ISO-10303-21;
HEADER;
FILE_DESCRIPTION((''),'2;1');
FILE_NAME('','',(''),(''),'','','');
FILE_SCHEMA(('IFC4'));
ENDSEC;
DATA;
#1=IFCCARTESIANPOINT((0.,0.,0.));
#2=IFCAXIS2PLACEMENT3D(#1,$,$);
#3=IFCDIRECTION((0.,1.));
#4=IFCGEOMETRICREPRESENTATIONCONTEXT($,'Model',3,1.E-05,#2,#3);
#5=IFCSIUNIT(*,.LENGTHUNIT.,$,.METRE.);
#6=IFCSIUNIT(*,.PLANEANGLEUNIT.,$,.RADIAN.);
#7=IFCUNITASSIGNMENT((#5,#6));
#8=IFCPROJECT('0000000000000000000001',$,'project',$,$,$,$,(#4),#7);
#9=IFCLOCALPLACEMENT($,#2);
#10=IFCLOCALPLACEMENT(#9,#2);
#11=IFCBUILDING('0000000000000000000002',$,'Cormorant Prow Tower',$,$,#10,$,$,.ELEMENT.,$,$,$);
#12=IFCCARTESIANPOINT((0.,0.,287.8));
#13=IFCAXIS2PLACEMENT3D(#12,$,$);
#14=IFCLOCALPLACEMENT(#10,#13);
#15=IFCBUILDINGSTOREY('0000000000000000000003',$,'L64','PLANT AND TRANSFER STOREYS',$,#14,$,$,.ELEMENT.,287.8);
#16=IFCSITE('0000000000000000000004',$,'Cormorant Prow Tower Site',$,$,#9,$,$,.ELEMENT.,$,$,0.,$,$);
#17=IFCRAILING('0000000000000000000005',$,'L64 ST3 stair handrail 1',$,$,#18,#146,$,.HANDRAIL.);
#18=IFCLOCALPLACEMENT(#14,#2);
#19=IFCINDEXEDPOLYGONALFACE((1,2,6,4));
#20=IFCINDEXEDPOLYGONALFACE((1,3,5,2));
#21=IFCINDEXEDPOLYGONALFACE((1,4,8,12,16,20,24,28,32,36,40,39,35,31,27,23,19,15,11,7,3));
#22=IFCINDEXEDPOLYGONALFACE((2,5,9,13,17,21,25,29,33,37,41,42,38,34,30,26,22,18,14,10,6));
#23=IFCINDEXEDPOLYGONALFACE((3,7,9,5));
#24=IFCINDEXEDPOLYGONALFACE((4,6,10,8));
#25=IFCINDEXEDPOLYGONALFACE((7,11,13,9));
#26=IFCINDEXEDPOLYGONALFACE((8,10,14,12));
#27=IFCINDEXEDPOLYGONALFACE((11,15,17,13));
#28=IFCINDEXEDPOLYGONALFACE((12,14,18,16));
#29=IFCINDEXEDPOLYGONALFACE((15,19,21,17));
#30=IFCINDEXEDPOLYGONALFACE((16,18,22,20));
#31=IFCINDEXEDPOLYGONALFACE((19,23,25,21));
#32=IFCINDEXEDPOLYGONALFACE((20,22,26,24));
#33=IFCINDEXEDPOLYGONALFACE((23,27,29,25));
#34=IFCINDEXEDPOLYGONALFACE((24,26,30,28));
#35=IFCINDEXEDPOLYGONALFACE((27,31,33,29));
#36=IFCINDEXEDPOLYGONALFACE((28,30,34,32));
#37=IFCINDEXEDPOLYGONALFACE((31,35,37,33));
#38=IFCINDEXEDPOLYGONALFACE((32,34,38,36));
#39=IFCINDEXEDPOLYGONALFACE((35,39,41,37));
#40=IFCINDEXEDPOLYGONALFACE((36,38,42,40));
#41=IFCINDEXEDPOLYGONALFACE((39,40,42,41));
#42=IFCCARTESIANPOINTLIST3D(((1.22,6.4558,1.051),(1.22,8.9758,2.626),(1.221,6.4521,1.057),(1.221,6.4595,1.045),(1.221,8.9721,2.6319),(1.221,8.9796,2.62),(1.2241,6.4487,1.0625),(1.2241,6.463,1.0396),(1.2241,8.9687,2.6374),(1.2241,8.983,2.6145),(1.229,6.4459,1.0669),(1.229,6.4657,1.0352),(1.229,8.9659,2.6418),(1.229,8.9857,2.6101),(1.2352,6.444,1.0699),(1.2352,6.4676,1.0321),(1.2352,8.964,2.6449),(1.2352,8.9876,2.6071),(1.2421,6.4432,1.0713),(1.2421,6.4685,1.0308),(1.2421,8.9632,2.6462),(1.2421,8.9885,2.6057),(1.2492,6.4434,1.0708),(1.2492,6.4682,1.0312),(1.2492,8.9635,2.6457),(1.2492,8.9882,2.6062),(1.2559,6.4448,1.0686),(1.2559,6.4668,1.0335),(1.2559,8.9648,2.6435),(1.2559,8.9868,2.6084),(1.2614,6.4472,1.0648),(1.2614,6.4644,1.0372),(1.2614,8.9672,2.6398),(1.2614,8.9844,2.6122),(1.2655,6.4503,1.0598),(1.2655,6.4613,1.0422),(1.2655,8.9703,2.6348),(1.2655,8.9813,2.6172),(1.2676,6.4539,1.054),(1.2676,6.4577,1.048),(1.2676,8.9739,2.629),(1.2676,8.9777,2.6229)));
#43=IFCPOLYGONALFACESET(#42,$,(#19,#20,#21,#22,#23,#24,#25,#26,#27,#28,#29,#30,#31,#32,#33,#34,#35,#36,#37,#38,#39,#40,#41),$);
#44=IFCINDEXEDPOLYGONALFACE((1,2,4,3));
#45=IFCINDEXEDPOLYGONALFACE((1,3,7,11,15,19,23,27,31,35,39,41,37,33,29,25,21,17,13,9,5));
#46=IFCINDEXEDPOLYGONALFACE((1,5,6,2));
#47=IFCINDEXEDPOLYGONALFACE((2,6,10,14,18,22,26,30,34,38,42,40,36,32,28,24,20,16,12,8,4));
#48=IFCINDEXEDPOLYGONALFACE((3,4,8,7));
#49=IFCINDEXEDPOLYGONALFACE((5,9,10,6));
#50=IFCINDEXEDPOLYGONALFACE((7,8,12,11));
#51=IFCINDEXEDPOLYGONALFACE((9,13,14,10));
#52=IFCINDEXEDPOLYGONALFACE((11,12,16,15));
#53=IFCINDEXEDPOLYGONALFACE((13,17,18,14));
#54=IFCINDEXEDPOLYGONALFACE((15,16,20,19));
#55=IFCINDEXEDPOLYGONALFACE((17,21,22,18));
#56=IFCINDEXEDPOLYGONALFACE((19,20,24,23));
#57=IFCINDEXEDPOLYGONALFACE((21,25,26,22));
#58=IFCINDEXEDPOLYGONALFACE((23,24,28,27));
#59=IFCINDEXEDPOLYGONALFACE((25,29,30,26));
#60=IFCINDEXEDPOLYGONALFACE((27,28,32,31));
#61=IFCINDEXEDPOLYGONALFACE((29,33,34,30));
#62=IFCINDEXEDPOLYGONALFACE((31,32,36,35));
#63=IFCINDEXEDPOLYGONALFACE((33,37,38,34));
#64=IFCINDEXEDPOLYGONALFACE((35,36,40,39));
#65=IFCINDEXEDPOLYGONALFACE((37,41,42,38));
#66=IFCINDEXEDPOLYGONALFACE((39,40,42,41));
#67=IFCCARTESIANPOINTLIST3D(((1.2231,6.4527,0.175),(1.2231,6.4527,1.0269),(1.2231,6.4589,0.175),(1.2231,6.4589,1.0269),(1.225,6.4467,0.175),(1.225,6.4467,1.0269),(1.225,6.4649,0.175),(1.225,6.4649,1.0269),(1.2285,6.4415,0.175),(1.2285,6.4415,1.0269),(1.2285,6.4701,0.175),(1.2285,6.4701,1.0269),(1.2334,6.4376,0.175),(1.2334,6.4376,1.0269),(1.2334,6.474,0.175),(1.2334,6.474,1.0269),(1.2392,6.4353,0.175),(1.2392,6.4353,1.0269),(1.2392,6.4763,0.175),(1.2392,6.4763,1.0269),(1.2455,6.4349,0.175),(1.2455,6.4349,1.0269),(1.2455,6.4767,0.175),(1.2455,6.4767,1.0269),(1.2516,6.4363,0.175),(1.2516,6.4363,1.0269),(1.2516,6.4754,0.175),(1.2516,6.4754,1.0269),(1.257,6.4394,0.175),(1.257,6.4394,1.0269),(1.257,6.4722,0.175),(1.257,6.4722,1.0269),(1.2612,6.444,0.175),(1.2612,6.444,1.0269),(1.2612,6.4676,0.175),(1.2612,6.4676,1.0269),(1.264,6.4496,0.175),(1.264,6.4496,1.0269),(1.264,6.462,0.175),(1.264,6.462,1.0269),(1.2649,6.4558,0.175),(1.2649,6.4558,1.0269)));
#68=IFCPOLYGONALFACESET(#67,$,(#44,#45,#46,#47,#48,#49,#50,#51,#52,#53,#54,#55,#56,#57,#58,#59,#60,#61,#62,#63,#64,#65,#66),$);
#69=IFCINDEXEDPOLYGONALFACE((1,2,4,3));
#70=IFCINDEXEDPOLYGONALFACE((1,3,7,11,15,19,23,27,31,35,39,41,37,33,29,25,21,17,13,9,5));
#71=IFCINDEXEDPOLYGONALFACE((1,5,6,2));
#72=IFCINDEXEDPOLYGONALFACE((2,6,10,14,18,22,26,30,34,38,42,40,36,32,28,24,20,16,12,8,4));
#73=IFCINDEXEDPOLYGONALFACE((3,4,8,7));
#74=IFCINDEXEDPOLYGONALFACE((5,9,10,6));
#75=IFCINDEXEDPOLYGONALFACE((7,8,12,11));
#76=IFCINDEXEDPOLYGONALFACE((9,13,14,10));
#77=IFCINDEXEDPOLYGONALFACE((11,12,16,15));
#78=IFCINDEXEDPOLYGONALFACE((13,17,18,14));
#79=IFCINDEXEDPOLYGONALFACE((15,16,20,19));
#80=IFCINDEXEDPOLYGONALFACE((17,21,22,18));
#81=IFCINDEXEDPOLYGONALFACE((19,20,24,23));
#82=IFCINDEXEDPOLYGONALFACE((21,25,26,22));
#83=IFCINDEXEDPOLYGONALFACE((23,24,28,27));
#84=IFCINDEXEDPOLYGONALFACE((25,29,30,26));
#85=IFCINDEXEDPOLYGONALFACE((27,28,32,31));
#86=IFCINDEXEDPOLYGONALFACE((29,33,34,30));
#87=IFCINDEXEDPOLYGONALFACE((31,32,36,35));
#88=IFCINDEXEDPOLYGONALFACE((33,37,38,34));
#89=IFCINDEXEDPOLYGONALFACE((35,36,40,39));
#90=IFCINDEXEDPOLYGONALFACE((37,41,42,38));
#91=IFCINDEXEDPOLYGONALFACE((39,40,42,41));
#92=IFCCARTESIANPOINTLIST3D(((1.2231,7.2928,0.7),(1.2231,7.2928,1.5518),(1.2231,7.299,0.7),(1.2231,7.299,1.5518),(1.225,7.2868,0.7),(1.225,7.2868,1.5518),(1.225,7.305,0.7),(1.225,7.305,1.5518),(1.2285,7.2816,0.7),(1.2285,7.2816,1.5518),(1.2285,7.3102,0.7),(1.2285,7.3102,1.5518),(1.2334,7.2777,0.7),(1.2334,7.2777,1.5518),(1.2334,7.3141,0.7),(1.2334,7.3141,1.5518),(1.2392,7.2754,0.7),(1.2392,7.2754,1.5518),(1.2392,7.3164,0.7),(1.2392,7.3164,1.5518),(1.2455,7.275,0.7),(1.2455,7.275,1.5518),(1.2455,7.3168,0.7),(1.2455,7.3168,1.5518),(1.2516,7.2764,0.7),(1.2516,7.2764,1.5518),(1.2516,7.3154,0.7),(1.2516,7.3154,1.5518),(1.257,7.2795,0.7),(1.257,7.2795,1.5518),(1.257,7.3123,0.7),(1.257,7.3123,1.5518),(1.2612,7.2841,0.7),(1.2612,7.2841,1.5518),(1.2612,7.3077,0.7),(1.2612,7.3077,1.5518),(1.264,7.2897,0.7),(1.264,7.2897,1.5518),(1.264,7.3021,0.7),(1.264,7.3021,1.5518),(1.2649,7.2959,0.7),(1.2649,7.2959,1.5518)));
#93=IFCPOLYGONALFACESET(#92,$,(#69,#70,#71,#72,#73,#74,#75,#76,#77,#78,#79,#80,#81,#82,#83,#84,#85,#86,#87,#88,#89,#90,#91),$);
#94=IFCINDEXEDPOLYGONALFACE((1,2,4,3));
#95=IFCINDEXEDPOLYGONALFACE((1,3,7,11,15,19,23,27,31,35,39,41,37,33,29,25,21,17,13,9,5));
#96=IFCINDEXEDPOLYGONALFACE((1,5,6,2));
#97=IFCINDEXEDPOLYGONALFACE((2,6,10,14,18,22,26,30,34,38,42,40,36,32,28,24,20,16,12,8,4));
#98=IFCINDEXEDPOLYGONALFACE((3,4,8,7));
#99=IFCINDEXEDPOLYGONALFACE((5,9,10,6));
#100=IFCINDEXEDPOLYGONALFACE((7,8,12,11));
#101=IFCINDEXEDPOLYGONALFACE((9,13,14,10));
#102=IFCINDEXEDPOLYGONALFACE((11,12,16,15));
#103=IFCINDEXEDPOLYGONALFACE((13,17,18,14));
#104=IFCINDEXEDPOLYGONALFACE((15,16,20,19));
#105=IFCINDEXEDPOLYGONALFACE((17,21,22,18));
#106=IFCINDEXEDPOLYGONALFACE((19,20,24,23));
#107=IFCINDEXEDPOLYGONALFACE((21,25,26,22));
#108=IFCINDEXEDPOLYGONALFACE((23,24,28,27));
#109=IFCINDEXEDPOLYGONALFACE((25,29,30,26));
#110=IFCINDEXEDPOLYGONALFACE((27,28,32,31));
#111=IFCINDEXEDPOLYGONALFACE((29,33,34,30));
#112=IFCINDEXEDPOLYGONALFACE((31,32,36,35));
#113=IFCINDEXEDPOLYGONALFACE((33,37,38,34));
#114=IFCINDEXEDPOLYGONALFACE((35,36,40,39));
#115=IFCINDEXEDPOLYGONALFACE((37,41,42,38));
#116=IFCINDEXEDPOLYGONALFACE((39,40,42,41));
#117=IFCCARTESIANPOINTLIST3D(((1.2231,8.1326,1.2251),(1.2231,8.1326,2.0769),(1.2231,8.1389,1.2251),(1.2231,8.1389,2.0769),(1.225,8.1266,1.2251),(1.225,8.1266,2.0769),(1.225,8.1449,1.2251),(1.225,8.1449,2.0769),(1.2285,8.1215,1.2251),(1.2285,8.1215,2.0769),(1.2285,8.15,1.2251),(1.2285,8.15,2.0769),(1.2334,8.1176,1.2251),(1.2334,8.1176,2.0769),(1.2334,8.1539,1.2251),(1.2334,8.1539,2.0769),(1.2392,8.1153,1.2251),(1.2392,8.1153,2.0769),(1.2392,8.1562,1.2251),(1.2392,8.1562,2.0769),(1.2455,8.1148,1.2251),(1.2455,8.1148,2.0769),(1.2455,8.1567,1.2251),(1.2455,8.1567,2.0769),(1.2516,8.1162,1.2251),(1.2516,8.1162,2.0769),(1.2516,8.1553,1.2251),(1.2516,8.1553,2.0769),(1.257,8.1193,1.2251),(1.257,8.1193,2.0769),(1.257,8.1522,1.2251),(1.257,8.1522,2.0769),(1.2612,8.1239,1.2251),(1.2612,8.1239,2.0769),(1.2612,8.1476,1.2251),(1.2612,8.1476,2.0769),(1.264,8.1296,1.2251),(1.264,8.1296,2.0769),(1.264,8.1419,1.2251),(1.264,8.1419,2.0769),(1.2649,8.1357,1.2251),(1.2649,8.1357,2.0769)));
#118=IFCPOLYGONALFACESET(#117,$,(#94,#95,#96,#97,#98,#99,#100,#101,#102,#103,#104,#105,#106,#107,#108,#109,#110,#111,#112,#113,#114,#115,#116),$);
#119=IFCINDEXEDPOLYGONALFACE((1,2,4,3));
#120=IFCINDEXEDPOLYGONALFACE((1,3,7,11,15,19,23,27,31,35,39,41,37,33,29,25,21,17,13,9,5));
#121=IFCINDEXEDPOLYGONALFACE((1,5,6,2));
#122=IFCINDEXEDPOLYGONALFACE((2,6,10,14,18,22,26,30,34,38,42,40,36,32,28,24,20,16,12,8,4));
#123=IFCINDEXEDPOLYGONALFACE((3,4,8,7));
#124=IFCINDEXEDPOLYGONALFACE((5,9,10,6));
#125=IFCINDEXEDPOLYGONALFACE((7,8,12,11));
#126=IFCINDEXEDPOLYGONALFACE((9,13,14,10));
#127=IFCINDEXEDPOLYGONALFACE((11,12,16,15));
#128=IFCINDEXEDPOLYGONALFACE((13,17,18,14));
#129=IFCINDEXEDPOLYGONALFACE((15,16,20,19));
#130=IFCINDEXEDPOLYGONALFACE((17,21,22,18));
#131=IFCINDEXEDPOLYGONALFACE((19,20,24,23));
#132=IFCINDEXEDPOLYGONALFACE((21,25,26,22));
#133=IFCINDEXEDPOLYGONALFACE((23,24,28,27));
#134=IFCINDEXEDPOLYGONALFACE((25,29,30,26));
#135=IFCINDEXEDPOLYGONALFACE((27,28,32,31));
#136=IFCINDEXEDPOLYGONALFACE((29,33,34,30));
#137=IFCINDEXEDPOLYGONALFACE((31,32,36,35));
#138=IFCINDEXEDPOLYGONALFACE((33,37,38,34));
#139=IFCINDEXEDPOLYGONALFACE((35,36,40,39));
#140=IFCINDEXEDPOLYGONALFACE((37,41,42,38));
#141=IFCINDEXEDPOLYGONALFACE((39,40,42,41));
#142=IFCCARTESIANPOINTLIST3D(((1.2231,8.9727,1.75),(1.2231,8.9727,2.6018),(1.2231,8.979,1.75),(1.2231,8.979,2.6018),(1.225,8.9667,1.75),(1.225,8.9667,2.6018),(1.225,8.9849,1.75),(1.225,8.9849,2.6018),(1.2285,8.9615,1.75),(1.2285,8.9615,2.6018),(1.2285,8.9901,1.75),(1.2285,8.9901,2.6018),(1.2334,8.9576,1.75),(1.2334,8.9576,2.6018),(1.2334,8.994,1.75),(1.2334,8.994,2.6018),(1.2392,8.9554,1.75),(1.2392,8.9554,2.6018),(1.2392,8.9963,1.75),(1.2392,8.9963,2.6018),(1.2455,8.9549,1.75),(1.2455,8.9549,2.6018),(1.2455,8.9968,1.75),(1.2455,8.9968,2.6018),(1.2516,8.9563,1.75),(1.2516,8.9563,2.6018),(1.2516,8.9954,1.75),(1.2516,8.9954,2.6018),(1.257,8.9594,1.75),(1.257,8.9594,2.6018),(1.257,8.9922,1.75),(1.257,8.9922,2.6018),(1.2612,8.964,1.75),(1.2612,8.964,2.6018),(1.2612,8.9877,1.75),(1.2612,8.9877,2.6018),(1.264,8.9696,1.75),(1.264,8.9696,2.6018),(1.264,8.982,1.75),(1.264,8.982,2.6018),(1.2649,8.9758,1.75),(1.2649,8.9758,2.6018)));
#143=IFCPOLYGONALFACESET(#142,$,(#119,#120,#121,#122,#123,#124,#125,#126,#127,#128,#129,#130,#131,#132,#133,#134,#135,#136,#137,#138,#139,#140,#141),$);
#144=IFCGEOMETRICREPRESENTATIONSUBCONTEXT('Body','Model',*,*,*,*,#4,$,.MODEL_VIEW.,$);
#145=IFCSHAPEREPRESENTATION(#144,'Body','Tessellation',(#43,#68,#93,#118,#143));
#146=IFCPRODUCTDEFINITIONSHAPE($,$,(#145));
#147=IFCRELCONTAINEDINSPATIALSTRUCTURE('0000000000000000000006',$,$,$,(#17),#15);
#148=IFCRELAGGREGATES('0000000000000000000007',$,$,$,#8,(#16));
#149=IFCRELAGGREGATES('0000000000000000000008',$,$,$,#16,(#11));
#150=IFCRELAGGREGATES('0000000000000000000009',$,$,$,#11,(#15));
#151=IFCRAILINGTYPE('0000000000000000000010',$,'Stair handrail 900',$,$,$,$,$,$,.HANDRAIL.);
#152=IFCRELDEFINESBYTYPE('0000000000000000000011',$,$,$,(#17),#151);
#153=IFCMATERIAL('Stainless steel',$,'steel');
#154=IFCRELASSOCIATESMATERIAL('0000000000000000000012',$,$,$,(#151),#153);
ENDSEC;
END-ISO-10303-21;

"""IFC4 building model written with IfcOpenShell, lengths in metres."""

from ifc_helpers import new_model, si_unit, direction, frame, origin, origin_2d, place, context, subcontext, project, spatial, circle, extrude, material, type_object, element, save


model = new_model("IFC4")

# Units and contexts
model_context = context("Model", 3, precision=1e-05, world=origin(), true_north=direction((0.0, 1.0)))
body_context = subcontext(model_context, "Body", "Model", "MODEL_VIEW")
ifc_project = project(units=[si_unit("LENGTHUNIT", "METRE"), si_unit("PLANEANGLEUNIT", "RADIAN")], contexts=[model_context])

# Site, building, storey
site_placement = place(None, origin())
site = spatial("IfcSite", under=ifc_project, at=site_placement, Name="Cormorant Prow Tower Site", CompositionType="ELEMENT", RefElevation=0.0)
building_placement = place(site_placement, origin())
building = spatial("IfcBuilding", under=site, at=building_placement, Name="Cormorant Prow Tower", CompositionType="ELEMENT")
storey_placement = place(building_placement, frame((0.0, 0.0, 287.8)))
storey = spatial("IfcBuildingStorey", under=building, at=storey_placement, Name="L64", Description="PLANT AND TRANSFER STOREYS", CompositionType="ELEMENT", Elevation=287.8)

# Railing
ifc_material_1 = material(Name="Stainless steel", Category="steel")
railing_type_1 = type_object("IfcRailingType", Name="Stair handrail 900", PredefinedType="HANDRAIL", material=ifc_material_1)
railing_1_placement = place(storey_placement, frame((1.2439, 6.4558, 0.175)))
element("IfcRailing", 1, at=railing_1_placement, inside=storey, type_object=railing_type_1, Name="L64 ST3 stair handrail 1", PredefinedType="HANDRAIL", context=body_context, shape_type="SweptSolid", body=[
    extrude(circle(Radius=0.0239, at=origin_2d()), frame((0.0, 0.0, 0.876), z_axis=(0.0, 0.848008, 0.529984), x_axis=(-1.0, 0.0, 0.0)), (0.0, 0.0, 1.0), 2.9717),
    extrude(circle(Radius=0.021, at=origin_2d()), origin(), (0.0, 0.0, 1.0), 0.8518),
    extrude(circle(Radius=0.021, at=origin_2d()), frame((0.0, 0.8401, 0.5249)), (0.0, 0.0, 1.0), 0.8518),
    extrude(circle(Radius=0.021, at=origin_2d()), frame((0.0, 1.6799, 1.05)), (0.0, 0.0, 1.0), 0.8518),
    extrude(circle(Radius=0.021, at=origin_2d()), frame((0.0, 2.52, 1.575)), (0.0, 0.0, 1.0), 0.8518),
])

save(model, "model.ifc")
